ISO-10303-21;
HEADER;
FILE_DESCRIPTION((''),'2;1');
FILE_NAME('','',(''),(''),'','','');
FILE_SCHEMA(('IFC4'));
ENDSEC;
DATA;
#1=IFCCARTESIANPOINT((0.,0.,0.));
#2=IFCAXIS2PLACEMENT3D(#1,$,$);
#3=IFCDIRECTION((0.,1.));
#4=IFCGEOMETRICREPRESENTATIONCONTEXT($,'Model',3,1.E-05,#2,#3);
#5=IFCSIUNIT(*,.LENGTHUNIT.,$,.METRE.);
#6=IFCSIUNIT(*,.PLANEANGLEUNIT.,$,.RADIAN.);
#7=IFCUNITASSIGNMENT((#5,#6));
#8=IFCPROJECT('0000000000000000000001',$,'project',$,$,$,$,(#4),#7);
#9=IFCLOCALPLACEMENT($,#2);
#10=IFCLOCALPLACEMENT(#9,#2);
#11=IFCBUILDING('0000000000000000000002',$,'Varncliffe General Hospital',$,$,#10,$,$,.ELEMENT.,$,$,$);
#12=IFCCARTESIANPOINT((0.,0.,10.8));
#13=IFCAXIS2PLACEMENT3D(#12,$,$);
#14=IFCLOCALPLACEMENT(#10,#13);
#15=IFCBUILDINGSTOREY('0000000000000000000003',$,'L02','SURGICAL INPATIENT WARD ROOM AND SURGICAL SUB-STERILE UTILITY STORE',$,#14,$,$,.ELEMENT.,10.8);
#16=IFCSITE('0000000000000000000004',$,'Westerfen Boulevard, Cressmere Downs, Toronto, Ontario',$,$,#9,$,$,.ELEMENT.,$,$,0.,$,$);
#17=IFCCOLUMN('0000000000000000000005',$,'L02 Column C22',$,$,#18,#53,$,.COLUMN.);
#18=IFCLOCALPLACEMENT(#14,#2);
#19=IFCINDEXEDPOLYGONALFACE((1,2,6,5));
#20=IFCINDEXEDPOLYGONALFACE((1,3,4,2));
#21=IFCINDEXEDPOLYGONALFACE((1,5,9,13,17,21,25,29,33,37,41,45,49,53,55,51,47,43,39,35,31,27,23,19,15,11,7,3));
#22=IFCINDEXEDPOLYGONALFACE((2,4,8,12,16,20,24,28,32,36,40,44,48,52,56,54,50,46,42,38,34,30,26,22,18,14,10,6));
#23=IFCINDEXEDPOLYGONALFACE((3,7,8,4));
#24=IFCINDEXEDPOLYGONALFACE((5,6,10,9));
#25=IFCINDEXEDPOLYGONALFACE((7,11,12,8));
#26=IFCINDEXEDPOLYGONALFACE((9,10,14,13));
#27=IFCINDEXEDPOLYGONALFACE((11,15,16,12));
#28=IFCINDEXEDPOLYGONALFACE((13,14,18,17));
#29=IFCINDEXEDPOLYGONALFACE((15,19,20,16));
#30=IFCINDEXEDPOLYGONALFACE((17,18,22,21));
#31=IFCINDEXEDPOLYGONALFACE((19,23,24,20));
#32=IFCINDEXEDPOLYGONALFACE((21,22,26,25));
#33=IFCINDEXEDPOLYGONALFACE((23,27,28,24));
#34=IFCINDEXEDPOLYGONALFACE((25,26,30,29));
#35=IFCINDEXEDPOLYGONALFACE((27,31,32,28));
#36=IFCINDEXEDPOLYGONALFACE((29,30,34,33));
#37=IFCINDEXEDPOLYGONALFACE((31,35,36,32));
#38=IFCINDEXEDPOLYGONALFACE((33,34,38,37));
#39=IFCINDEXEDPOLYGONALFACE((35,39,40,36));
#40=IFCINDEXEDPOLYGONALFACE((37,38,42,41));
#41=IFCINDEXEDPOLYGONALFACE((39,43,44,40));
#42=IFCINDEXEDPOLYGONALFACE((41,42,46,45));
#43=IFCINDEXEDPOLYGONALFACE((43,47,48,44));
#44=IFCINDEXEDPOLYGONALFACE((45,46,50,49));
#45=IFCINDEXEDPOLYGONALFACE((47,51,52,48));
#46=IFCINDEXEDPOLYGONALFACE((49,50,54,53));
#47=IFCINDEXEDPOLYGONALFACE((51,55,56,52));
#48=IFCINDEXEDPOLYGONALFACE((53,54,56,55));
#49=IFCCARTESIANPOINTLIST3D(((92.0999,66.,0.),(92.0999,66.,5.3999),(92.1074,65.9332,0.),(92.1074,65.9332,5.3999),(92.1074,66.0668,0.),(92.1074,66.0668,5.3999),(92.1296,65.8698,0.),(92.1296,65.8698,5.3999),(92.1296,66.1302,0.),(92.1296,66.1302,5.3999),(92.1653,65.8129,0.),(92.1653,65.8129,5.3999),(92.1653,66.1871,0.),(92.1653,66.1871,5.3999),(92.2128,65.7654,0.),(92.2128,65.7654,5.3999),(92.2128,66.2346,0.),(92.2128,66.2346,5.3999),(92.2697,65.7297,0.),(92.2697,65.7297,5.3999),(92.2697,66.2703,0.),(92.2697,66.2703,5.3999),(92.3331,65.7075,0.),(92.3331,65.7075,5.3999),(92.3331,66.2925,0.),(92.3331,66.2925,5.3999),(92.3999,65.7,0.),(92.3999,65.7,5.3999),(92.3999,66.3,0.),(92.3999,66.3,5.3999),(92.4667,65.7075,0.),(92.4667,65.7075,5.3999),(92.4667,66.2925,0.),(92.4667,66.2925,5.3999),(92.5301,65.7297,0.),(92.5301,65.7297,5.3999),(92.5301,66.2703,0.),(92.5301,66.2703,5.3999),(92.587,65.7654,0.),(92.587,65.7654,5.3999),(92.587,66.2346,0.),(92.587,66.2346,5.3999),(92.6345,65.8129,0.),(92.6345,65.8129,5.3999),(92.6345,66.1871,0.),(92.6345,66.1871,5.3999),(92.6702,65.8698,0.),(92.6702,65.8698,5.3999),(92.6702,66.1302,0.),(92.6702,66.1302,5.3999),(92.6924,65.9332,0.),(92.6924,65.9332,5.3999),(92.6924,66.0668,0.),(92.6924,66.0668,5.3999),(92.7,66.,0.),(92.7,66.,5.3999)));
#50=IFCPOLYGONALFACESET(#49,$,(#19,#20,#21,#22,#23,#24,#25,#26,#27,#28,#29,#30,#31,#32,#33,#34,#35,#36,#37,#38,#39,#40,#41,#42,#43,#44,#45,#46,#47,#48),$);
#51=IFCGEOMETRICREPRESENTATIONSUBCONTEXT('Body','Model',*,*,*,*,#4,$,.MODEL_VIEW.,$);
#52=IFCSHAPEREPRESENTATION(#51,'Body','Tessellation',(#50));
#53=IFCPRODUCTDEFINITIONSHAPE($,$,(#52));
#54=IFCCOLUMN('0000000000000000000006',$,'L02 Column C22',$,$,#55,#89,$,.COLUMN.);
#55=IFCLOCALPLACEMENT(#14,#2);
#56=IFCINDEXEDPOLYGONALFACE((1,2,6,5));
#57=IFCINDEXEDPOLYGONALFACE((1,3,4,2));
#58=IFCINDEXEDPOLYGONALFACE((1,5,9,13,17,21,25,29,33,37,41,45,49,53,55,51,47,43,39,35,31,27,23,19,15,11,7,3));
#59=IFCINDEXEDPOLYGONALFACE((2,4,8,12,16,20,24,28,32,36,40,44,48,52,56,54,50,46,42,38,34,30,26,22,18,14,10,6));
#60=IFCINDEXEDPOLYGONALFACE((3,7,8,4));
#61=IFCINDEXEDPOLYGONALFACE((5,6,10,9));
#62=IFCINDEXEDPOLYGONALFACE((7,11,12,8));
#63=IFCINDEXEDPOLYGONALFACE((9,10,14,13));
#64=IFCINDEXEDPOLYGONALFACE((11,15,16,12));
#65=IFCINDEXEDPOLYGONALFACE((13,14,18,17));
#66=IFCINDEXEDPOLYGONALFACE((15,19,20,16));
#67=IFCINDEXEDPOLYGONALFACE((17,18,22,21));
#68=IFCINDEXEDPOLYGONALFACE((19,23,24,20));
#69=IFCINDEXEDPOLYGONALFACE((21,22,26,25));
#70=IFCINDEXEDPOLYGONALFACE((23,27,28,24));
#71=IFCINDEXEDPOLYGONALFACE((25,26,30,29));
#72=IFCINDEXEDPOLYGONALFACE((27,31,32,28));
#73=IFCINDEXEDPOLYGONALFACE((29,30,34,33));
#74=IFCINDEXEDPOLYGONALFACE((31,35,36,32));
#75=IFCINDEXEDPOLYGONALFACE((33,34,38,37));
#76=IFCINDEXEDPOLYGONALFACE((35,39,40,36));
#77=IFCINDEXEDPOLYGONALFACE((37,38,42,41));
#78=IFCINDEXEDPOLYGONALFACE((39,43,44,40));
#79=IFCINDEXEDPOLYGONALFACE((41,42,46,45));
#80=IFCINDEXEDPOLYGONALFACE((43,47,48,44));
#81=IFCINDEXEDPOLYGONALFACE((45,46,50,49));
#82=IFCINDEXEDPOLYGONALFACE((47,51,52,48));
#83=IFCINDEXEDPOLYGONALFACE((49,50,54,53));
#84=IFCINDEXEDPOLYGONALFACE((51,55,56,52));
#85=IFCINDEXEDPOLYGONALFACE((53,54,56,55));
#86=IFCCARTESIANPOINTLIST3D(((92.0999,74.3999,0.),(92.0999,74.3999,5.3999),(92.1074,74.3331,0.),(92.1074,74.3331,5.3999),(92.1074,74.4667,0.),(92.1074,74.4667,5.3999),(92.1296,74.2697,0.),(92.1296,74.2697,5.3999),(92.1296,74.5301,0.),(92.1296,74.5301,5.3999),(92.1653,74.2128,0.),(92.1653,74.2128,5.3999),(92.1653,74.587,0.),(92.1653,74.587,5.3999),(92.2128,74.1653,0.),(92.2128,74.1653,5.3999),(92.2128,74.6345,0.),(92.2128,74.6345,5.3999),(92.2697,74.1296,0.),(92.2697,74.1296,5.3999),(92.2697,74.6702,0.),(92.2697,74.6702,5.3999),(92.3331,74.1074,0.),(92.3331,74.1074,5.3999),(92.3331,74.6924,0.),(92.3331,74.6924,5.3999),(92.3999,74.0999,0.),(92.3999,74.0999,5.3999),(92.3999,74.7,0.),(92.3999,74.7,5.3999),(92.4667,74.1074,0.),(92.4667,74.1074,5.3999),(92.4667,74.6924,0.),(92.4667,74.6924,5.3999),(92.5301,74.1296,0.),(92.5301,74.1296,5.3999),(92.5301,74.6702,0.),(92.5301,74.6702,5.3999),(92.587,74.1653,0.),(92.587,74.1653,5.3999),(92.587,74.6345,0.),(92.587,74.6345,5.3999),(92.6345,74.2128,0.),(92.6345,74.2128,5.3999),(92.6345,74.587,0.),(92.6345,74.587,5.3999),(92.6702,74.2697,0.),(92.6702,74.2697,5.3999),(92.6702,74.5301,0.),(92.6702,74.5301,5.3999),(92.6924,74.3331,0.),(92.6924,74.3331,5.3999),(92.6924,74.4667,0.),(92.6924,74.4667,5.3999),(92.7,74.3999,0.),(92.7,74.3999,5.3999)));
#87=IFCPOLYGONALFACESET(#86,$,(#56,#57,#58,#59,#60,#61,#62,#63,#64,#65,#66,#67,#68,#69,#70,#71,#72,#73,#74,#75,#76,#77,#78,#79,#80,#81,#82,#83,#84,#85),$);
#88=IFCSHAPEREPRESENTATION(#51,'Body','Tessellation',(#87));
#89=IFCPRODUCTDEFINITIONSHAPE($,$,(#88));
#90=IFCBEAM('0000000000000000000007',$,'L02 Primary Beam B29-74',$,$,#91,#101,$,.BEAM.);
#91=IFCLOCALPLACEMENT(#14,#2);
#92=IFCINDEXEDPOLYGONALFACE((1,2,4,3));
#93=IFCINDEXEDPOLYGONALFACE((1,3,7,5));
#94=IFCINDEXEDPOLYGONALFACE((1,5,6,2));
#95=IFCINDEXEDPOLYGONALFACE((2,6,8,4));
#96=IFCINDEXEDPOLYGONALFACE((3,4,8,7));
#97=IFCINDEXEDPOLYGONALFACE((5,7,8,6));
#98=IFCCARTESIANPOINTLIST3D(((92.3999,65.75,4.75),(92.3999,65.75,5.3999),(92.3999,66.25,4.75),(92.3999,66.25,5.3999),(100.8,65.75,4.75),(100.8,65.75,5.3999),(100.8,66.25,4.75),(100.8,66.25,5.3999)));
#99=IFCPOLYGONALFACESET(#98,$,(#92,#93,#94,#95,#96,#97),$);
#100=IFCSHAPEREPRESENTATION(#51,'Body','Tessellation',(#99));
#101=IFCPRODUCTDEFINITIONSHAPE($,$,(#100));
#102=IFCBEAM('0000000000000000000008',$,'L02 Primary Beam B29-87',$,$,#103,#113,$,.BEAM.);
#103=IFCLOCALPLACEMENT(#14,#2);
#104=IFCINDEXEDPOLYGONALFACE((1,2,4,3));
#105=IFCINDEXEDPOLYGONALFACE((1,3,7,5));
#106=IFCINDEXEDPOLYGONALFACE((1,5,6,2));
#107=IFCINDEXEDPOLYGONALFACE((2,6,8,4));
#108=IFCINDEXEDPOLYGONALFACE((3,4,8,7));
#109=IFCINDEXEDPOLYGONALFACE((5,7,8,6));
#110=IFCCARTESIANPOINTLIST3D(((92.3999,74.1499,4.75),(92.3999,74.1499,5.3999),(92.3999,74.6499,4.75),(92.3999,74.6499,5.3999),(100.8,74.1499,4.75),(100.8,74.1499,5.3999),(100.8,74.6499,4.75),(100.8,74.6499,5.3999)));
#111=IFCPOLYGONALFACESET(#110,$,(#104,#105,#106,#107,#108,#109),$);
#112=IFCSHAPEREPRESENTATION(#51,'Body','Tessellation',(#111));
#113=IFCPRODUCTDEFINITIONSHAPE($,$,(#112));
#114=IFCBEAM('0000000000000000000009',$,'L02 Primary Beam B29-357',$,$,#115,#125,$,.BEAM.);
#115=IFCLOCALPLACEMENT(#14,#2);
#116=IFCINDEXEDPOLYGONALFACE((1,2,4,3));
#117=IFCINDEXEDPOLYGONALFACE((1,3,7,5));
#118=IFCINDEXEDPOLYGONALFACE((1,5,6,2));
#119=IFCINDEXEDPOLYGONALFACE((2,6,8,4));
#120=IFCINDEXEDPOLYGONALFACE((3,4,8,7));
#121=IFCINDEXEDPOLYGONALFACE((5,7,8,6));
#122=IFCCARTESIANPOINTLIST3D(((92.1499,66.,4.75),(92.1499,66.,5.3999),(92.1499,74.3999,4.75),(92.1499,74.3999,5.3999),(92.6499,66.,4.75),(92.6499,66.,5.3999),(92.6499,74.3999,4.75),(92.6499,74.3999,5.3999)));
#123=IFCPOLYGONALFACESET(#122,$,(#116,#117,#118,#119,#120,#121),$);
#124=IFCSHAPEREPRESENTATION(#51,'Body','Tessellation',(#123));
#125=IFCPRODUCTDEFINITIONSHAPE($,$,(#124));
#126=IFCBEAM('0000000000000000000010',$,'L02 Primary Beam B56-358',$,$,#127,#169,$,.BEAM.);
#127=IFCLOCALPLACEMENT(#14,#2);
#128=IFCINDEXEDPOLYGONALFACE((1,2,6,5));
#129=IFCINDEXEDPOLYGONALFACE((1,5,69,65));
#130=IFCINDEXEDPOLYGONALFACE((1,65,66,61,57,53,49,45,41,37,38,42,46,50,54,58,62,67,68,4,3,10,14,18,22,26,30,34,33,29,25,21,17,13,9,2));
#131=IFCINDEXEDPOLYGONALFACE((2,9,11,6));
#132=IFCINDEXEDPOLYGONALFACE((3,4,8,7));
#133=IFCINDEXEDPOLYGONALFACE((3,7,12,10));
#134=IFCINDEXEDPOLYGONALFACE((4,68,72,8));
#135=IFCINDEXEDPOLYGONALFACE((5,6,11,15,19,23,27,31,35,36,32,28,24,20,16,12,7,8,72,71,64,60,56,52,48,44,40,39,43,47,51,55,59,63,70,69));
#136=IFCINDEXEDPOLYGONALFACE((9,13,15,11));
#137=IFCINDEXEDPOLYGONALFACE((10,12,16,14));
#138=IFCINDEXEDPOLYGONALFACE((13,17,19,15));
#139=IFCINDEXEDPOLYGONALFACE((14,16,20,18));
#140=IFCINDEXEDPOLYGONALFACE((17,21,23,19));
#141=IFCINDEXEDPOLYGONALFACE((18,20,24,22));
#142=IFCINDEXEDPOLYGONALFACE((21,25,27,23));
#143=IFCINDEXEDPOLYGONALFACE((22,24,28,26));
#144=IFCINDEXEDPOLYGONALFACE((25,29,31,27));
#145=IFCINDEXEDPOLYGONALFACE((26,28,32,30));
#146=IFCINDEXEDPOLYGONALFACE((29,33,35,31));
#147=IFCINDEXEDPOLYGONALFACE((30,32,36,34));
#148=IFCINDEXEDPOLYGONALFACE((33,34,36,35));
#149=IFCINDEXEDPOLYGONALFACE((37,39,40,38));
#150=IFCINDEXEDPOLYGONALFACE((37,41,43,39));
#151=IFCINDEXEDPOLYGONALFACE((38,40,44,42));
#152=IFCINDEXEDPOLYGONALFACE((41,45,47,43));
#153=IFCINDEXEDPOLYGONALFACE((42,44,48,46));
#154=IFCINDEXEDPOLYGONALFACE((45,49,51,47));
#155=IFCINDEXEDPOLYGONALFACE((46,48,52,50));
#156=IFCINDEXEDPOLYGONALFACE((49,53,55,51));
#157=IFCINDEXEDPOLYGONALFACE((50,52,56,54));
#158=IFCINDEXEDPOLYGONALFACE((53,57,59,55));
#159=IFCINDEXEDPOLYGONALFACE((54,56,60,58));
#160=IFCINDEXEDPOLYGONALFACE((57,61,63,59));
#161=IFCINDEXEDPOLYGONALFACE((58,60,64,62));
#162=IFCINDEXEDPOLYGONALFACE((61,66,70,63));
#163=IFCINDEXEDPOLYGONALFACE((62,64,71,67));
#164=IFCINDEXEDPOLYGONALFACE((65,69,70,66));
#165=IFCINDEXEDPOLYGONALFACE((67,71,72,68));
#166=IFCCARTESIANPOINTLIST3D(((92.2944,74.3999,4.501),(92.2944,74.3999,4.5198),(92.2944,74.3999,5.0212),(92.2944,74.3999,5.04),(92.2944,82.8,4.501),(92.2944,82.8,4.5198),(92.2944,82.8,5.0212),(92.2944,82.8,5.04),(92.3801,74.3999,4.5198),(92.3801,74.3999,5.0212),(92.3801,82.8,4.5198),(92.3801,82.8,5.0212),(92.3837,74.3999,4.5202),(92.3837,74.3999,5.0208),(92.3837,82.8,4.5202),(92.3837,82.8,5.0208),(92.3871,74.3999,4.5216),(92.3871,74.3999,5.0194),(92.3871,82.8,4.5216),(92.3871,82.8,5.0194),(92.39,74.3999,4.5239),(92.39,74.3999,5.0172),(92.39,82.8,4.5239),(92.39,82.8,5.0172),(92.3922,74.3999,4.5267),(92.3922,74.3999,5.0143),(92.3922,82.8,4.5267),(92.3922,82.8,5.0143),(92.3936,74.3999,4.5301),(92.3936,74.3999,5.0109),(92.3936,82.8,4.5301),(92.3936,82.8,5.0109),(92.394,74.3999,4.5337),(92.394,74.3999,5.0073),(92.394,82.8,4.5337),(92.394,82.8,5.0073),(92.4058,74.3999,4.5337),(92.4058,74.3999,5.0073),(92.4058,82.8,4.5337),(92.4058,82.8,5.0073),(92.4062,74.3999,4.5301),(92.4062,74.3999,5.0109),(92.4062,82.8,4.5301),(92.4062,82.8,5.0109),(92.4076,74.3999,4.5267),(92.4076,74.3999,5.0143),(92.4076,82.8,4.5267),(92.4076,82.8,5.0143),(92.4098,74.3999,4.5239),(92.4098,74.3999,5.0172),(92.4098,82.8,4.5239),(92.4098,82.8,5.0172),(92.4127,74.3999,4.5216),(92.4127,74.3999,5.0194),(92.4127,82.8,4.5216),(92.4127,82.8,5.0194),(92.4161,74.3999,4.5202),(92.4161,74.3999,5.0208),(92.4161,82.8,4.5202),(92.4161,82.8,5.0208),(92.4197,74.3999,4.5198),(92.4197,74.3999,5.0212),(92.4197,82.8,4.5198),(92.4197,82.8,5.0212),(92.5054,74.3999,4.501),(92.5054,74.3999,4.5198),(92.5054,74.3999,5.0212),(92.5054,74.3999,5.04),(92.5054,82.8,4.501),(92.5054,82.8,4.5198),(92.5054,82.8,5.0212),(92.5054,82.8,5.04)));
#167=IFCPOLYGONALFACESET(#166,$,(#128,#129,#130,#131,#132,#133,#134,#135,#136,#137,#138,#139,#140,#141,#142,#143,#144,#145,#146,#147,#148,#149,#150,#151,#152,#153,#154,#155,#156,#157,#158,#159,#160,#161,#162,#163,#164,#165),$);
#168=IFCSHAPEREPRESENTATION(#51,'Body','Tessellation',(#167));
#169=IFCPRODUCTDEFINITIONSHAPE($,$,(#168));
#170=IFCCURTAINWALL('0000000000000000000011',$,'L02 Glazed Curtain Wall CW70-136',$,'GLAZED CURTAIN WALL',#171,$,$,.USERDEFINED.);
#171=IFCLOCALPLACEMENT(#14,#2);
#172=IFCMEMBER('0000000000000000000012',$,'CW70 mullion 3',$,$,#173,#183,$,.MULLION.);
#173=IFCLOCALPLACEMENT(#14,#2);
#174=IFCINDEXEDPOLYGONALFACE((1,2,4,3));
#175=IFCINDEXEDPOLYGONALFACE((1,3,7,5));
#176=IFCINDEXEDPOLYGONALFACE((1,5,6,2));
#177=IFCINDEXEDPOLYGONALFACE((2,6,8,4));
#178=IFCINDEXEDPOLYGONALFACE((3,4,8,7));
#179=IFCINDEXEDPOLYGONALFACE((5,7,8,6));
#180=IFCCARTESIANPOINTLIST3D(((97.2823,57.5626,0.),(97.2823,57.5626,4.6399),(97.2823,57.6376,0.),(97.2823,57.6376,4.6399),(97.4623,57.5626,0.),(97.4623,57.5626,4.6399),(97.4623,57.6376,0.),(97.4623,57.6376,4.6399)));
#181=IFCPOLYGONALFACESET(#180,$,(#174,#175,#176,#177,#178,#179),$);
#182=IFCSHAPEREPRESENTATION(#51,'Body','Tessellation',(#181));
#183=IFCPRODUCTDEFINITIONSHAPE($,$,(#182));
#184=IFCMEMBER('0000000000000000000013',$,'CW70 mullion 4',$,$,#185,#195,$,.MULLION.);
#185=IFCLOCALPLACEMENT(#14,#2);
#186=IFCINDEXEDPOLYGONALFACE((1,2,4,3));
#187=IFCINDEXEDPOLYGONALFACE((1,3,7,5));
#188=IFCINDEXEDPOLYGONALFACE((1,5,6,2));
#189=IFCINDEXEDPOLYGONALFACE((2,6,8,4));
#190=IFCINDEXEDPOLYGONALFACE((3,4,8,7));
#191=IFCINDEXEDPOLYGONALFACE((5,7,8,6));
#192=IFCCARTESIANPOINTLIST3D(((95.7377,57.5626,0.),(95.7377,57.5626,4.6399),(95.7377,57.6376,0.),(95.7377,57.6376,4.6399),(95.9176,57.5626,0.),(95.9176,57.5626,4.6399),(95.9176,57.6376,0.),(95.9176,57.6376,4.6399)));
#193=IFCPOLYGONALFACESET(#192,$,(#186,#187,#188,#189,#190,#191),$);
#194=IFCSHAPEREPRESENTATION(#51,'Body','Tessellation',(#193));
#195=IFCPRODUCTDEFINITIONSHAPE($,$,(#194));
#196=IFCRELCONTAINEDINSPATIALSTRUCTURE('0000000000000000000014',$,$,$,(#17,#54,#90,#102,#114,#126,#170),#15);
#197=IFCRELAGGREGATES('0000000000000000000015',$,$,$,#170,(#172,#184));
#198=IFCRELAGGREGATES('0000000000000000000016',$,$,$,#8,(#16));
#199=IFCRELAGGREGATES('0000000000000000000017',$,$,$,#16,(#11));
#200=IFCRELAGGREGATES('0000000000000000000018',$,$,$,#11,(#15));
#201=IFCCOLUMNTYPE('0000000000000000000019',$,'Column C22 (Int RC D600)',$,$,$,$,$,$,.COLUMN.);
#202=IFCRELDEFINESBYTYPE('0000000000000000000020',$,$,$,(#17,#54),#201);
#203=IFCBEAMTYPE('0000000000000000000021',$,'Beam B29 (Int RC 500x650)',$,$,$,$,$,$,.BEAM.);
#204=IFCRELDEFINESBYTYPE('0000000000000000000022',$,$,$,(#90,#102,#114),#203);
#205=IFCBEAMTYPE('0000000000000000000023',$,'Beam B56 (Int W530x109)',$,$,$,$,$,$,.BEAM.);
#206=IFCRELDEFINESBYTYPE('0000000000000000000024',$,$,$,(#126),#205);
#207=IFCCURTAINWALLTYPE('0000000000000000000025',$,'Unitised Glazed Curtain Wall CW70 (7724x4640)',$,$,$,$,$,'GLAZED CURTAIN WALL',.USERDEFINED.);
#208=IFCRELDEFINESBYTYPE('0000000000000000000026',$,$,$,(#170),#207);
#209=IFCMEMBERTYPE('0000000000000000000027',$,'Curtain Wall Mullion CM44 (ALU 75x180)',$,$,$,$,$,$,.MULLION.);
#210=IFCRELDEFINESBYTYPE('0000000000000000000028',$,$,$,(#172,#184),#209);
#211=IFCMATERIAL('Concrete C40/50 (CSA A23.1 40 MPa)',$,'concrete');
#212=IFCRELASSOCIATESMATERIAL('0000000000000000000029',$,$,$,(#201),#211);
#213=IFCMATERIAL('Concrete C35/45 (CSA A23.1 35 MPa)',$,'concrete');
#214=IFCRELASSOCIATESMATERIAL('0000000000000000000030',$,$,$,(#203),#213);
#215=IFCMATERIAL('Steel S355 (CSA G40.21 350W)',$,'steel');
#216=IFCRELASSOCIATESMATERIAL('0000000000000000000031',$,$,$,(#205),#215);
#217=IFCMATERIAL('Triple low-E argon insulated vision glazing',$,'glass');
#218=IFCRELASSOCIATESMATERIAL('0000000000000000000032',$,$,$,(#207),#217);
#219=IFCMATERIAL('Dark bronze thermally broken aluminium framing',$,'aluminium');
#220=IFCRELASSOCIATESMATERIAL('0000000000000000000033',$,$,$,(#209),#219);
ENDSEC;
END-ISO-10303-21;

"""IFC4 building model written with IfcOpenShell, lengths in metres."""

from ifc_helpers import new_model, si_unit, direction, frame, origin, origin_2d, place, context, subcontext, project, spatial, rectangle, circle, i_section, extrude, material, material_profile, profile_set, type_object, element, aggregate, save


model = new_model("IFC4")

# Units and contexts
model_context = context("Model", 3, precision=1e-05, world=origin(), true_north=direction((0.0, 1.0)))
body_context = subcontext(model_context, "Body", "Model", "MODEL_VIEW")
ifc_project = project(units=[si_unit("LENGTHUNIT", "METRE"), si_unit("PLANEANGLEUNIT", "RADIAN")], contexts=[model_context])

# Site, building, storey
site_placement = place(None, origin())
site = spatial("IfcSite", under=ifc_project, at=site_placement, Name="Westerfen Boulevard, Cressmere Downs, Toronto, Ontario", CompositionType="ELEMENT", RefElevation=0.0)
building_placement = place(site_placement, origin())
building = spatial("IfcBuilding", under=site, at=building_placement, Name="Varncliffe General Hospital", CompositionType="ELEMENT")
storey_placement = place(building_placement, frame((0.0, 0.0, 10.8)))
storey = spatial("IfcBuildingStorey", under=building, at=storey_placement, Name="L02", Description="SURGICAL INPATIENT WARD ROOM AND SURGICAL SUB-STERILE UTILITY STORE", CompositionType="ELEMENT", Elevation=10.8)

# Columns
ifc_material_1 = material(Name="Concrete C40/50 (CSA A23.1 40 MPa)", Category="concrete")
ifc_material_profile_1 = material_profile(ifc_material_1, circle(Radius=0.3, at=origin_2d()), Name="RC D600")
ifc_profile_set_1 = profile_set([ifc_material_profile_1], Name="Concrete C40/50 (CSA A23.1 40 MPa)")
column_type = type_object("IfcColumnType", Name="Column C22 (Int RC D600)", PredefinedType="COLUMN", material=ifc_profile_set_1)
for number, where, z_axis, x_axis, name in (
    (1, (92.3999, 66.0, 0.0), (0.0, 0.0, 1.0), (1.0, 0.0, 0.0), "L02 Column C22"),
    (2, (92.3999, 74.3999, 0.0), (0.0, 0.0, 1.0), (1.0, 0.0, 0.0), "L02 Column C22"),
):
    element("IfcColumn", number, at=place(storey_placement, frame(where, z_axis=z_axis, x_axis=x_axis)), inside=storey, type_object=column_type, Name=name, PredefinedType="COLUMN", context=body_context, shape_type="SweptSolid", body=[
        extrude(circle(Radius=0.3, at=origin_2d()), origin(), (0.0, 0.0, 1.0), 5.3999),
    ])

# Beams
ifc_material_2 = material(Name="Concrete C35/45 (CSA A23.1 35 MPa)", Category="concrete")
ifc_material_profile_2 = material_profile(ifc_material_2, rectangle(XDim=0.5, YDim=0.6499, at=origin_2d()), Name="RC 500x650")
ifc_profile_set_2 = profile_set([ifc_material_profile_2], Name="Concrete C35/45 (CSA A23.1 35 MPa)")
beam_type_1 = type_object("IfcBeamType", Name="Beam B29 (Int RC 500x650)", PredefinedType="BEAM", material=ifc_profile_set_2)
for number, where, z_axis, x_axis, name in (
    (3, (92.3999, 66.0, 5.075), (1.0, 0.0, 0.0), (0.0, 1.0, 0.0), "L02 Primary Beam B29-74"),
    (4, (92.3999, 74.3999, 5.075), (1.0, 0.0, 0.0), (0.0, 1.0, 0.0), "L02 Primary Beam B29-87"),
):
    element("IfcBeam", number, at=place(storey_placement, frame(where, z_axis=z_axis, x_axis=x_axis)), inside=storey, type_object=beam_type_1, Name=name, PredefinedType="BEAM", context=body_context, shape_type="SweptSolid", body=[
        extrude(rectangle(XDim=0.5, YDim=0.6499, at=origin_2d()), origin(), (0.0, 0.0, 1.0), 8.4001),
    ])
beam_1_placement = place(storey_placement, frame((92.3999, 66.0, 5.075), z_axis=(0.0, 1.0, 0.0), x_axis=(-1.0, 0.0, 0.0)))
element("IfcBeam", 5, at=beam_1_placement, inside=storey, type_object=beam_type_1, Name="L02 Primary Beam B29-357", PredefinedType="BEAM", context=body_context, shape_type="SweptSolid", body=[
    extrude(rectangle(XDim=0.5, YDim=0.6499, at=origin_2d()), origin(), (0.0, 0.0, 1.0), 8.3999),
])
ifc_material_3 = material(Name="Steel S355 (CSA G40.21 350W)", Category="steel")
ifc_material_profile_3 = material_profile(ifc_material_3, i_section(OverallWidth=0.2109, OverallDepth=0.5391, WebThickness=0.0117, FlangeThickness=0.0188, FilletRadius=0.0139, at=origin_2d()), Name="W530x109")
ifc_profile_set_3 = profile_set([ifc_material_profile_3], Name="Steel S355 (CSA G40.21 350W)")
beam_type_2 = type_object("IfcBeamType", Name="Beam B56 (Int W530x109)", PredefinedType="BEAM", material=ifc_profile_set_3)
beam_2_placement = place(storey_placement, frame((92.3999, 74.3999, 4.7705), z_axis=(0.0, 1.0, 0.0), x_axis=(-1.0, 0.0, 0.0)))
element("IfcBeam", 6, at=beam_2_placement, inside=storey, type_object=beam_type_2, Name="L02 Primary Beam B56-358", PredefinedType="BEAM", context=body_context, shape_type="SweptSolid", body=[
    extrude(i_section(OverallWidth=0.2109, OverallDepth=0.5391, WebThickness=0.0117, FlangeThickness=0.0188, FilletRadius=0.0139, at=origin_2d()), origin(), (0.0, 0.0, 1.0), 8.4001),
])

# Curtain wall, members
ifc_material_4 = material(Name="Triple low-E argon insulated vision glazing", Category="glass")
curtain_wall_type = type_object("IfcCurtainWallType", Name="Unitised Glazed Curtain Wall CW70 (7724x4640)", ElementType="GLAZED CURTAIN WALL", PredefinedType="USERDEFINED", material=ifc_material_4)
curtain_wall_placement = place(storey_placement, origin())
curtain_wall = element("IfcCurtainWall", 7, at=curtain_wall_placement, inside=storey, type_object=curtain_wall_type, Name="L02 Glazed Curtain Wall CW70-136", ObjectType="GLAZED CURTAIN WALL", PredefinedType="USERDEFINED")
ifc_material_5 = material(Name="Dark bronze thermally broken aluminium framing", Category="aluminium")
ifc_material_profile_4 = material_profile(ifc_material_5, rectangle(XDim=0.075, YDim=0.1799, at=origin_2d()), Name="ALU 75x180")
ifc_profile_set_4 = profile_set([ifc_material_profile_4], Name="Dark bronze thermally broken aluminium framing")
member_type_1 = type_object("IfcMemberType", Name="Curtain Wall Mullion CM44 (ALU 75x180)", PredefinedType="MULLION", material=ifc_profile_set_4)
member_1_placement = place(storey_placement, frame((97.3723, 57.6001, 0.0), z_axis=(0.0, 0.0, 1.0), x_axis=(0.0, -1.0, 0.0)))
member_1 = element("IfcMember", 8, at=member_1_placement, type_object=member_type_1, Name="CW70 mullion 3", PredefinedType="MULLION", context=body_context, shape_type="SweptSolid", body=[
    extrude(rectangle(XDim=0.075, YDim=0.1799, at=origin_2d()), origin(), (0.0, 0.0, 1.0), 4.6399),
])
member_2_placement = place(storey_placement, frame((95.8276, 57.6001, 0.0), z_axis=(0.0, 0.0, 1.0), x_axis=(0.0, -1.0, 0.0)))
member_2 = element("IfcMember", 9, at=member_2_placement, type_object=member_type_1, Name="CW70 mullion 4", PredefinedType="MULLION", context=body_context, shape_type="SweptSolid", body=[
    extrude(rectangle(XDim=0.075, YDim=0.1799, at=origin_2d()), origin(), (0.0, 0.0, 1.0), 4.6399),
])

aggregate(curtain_wall, [member_1, member_2])

save(model, "model.ifc")
